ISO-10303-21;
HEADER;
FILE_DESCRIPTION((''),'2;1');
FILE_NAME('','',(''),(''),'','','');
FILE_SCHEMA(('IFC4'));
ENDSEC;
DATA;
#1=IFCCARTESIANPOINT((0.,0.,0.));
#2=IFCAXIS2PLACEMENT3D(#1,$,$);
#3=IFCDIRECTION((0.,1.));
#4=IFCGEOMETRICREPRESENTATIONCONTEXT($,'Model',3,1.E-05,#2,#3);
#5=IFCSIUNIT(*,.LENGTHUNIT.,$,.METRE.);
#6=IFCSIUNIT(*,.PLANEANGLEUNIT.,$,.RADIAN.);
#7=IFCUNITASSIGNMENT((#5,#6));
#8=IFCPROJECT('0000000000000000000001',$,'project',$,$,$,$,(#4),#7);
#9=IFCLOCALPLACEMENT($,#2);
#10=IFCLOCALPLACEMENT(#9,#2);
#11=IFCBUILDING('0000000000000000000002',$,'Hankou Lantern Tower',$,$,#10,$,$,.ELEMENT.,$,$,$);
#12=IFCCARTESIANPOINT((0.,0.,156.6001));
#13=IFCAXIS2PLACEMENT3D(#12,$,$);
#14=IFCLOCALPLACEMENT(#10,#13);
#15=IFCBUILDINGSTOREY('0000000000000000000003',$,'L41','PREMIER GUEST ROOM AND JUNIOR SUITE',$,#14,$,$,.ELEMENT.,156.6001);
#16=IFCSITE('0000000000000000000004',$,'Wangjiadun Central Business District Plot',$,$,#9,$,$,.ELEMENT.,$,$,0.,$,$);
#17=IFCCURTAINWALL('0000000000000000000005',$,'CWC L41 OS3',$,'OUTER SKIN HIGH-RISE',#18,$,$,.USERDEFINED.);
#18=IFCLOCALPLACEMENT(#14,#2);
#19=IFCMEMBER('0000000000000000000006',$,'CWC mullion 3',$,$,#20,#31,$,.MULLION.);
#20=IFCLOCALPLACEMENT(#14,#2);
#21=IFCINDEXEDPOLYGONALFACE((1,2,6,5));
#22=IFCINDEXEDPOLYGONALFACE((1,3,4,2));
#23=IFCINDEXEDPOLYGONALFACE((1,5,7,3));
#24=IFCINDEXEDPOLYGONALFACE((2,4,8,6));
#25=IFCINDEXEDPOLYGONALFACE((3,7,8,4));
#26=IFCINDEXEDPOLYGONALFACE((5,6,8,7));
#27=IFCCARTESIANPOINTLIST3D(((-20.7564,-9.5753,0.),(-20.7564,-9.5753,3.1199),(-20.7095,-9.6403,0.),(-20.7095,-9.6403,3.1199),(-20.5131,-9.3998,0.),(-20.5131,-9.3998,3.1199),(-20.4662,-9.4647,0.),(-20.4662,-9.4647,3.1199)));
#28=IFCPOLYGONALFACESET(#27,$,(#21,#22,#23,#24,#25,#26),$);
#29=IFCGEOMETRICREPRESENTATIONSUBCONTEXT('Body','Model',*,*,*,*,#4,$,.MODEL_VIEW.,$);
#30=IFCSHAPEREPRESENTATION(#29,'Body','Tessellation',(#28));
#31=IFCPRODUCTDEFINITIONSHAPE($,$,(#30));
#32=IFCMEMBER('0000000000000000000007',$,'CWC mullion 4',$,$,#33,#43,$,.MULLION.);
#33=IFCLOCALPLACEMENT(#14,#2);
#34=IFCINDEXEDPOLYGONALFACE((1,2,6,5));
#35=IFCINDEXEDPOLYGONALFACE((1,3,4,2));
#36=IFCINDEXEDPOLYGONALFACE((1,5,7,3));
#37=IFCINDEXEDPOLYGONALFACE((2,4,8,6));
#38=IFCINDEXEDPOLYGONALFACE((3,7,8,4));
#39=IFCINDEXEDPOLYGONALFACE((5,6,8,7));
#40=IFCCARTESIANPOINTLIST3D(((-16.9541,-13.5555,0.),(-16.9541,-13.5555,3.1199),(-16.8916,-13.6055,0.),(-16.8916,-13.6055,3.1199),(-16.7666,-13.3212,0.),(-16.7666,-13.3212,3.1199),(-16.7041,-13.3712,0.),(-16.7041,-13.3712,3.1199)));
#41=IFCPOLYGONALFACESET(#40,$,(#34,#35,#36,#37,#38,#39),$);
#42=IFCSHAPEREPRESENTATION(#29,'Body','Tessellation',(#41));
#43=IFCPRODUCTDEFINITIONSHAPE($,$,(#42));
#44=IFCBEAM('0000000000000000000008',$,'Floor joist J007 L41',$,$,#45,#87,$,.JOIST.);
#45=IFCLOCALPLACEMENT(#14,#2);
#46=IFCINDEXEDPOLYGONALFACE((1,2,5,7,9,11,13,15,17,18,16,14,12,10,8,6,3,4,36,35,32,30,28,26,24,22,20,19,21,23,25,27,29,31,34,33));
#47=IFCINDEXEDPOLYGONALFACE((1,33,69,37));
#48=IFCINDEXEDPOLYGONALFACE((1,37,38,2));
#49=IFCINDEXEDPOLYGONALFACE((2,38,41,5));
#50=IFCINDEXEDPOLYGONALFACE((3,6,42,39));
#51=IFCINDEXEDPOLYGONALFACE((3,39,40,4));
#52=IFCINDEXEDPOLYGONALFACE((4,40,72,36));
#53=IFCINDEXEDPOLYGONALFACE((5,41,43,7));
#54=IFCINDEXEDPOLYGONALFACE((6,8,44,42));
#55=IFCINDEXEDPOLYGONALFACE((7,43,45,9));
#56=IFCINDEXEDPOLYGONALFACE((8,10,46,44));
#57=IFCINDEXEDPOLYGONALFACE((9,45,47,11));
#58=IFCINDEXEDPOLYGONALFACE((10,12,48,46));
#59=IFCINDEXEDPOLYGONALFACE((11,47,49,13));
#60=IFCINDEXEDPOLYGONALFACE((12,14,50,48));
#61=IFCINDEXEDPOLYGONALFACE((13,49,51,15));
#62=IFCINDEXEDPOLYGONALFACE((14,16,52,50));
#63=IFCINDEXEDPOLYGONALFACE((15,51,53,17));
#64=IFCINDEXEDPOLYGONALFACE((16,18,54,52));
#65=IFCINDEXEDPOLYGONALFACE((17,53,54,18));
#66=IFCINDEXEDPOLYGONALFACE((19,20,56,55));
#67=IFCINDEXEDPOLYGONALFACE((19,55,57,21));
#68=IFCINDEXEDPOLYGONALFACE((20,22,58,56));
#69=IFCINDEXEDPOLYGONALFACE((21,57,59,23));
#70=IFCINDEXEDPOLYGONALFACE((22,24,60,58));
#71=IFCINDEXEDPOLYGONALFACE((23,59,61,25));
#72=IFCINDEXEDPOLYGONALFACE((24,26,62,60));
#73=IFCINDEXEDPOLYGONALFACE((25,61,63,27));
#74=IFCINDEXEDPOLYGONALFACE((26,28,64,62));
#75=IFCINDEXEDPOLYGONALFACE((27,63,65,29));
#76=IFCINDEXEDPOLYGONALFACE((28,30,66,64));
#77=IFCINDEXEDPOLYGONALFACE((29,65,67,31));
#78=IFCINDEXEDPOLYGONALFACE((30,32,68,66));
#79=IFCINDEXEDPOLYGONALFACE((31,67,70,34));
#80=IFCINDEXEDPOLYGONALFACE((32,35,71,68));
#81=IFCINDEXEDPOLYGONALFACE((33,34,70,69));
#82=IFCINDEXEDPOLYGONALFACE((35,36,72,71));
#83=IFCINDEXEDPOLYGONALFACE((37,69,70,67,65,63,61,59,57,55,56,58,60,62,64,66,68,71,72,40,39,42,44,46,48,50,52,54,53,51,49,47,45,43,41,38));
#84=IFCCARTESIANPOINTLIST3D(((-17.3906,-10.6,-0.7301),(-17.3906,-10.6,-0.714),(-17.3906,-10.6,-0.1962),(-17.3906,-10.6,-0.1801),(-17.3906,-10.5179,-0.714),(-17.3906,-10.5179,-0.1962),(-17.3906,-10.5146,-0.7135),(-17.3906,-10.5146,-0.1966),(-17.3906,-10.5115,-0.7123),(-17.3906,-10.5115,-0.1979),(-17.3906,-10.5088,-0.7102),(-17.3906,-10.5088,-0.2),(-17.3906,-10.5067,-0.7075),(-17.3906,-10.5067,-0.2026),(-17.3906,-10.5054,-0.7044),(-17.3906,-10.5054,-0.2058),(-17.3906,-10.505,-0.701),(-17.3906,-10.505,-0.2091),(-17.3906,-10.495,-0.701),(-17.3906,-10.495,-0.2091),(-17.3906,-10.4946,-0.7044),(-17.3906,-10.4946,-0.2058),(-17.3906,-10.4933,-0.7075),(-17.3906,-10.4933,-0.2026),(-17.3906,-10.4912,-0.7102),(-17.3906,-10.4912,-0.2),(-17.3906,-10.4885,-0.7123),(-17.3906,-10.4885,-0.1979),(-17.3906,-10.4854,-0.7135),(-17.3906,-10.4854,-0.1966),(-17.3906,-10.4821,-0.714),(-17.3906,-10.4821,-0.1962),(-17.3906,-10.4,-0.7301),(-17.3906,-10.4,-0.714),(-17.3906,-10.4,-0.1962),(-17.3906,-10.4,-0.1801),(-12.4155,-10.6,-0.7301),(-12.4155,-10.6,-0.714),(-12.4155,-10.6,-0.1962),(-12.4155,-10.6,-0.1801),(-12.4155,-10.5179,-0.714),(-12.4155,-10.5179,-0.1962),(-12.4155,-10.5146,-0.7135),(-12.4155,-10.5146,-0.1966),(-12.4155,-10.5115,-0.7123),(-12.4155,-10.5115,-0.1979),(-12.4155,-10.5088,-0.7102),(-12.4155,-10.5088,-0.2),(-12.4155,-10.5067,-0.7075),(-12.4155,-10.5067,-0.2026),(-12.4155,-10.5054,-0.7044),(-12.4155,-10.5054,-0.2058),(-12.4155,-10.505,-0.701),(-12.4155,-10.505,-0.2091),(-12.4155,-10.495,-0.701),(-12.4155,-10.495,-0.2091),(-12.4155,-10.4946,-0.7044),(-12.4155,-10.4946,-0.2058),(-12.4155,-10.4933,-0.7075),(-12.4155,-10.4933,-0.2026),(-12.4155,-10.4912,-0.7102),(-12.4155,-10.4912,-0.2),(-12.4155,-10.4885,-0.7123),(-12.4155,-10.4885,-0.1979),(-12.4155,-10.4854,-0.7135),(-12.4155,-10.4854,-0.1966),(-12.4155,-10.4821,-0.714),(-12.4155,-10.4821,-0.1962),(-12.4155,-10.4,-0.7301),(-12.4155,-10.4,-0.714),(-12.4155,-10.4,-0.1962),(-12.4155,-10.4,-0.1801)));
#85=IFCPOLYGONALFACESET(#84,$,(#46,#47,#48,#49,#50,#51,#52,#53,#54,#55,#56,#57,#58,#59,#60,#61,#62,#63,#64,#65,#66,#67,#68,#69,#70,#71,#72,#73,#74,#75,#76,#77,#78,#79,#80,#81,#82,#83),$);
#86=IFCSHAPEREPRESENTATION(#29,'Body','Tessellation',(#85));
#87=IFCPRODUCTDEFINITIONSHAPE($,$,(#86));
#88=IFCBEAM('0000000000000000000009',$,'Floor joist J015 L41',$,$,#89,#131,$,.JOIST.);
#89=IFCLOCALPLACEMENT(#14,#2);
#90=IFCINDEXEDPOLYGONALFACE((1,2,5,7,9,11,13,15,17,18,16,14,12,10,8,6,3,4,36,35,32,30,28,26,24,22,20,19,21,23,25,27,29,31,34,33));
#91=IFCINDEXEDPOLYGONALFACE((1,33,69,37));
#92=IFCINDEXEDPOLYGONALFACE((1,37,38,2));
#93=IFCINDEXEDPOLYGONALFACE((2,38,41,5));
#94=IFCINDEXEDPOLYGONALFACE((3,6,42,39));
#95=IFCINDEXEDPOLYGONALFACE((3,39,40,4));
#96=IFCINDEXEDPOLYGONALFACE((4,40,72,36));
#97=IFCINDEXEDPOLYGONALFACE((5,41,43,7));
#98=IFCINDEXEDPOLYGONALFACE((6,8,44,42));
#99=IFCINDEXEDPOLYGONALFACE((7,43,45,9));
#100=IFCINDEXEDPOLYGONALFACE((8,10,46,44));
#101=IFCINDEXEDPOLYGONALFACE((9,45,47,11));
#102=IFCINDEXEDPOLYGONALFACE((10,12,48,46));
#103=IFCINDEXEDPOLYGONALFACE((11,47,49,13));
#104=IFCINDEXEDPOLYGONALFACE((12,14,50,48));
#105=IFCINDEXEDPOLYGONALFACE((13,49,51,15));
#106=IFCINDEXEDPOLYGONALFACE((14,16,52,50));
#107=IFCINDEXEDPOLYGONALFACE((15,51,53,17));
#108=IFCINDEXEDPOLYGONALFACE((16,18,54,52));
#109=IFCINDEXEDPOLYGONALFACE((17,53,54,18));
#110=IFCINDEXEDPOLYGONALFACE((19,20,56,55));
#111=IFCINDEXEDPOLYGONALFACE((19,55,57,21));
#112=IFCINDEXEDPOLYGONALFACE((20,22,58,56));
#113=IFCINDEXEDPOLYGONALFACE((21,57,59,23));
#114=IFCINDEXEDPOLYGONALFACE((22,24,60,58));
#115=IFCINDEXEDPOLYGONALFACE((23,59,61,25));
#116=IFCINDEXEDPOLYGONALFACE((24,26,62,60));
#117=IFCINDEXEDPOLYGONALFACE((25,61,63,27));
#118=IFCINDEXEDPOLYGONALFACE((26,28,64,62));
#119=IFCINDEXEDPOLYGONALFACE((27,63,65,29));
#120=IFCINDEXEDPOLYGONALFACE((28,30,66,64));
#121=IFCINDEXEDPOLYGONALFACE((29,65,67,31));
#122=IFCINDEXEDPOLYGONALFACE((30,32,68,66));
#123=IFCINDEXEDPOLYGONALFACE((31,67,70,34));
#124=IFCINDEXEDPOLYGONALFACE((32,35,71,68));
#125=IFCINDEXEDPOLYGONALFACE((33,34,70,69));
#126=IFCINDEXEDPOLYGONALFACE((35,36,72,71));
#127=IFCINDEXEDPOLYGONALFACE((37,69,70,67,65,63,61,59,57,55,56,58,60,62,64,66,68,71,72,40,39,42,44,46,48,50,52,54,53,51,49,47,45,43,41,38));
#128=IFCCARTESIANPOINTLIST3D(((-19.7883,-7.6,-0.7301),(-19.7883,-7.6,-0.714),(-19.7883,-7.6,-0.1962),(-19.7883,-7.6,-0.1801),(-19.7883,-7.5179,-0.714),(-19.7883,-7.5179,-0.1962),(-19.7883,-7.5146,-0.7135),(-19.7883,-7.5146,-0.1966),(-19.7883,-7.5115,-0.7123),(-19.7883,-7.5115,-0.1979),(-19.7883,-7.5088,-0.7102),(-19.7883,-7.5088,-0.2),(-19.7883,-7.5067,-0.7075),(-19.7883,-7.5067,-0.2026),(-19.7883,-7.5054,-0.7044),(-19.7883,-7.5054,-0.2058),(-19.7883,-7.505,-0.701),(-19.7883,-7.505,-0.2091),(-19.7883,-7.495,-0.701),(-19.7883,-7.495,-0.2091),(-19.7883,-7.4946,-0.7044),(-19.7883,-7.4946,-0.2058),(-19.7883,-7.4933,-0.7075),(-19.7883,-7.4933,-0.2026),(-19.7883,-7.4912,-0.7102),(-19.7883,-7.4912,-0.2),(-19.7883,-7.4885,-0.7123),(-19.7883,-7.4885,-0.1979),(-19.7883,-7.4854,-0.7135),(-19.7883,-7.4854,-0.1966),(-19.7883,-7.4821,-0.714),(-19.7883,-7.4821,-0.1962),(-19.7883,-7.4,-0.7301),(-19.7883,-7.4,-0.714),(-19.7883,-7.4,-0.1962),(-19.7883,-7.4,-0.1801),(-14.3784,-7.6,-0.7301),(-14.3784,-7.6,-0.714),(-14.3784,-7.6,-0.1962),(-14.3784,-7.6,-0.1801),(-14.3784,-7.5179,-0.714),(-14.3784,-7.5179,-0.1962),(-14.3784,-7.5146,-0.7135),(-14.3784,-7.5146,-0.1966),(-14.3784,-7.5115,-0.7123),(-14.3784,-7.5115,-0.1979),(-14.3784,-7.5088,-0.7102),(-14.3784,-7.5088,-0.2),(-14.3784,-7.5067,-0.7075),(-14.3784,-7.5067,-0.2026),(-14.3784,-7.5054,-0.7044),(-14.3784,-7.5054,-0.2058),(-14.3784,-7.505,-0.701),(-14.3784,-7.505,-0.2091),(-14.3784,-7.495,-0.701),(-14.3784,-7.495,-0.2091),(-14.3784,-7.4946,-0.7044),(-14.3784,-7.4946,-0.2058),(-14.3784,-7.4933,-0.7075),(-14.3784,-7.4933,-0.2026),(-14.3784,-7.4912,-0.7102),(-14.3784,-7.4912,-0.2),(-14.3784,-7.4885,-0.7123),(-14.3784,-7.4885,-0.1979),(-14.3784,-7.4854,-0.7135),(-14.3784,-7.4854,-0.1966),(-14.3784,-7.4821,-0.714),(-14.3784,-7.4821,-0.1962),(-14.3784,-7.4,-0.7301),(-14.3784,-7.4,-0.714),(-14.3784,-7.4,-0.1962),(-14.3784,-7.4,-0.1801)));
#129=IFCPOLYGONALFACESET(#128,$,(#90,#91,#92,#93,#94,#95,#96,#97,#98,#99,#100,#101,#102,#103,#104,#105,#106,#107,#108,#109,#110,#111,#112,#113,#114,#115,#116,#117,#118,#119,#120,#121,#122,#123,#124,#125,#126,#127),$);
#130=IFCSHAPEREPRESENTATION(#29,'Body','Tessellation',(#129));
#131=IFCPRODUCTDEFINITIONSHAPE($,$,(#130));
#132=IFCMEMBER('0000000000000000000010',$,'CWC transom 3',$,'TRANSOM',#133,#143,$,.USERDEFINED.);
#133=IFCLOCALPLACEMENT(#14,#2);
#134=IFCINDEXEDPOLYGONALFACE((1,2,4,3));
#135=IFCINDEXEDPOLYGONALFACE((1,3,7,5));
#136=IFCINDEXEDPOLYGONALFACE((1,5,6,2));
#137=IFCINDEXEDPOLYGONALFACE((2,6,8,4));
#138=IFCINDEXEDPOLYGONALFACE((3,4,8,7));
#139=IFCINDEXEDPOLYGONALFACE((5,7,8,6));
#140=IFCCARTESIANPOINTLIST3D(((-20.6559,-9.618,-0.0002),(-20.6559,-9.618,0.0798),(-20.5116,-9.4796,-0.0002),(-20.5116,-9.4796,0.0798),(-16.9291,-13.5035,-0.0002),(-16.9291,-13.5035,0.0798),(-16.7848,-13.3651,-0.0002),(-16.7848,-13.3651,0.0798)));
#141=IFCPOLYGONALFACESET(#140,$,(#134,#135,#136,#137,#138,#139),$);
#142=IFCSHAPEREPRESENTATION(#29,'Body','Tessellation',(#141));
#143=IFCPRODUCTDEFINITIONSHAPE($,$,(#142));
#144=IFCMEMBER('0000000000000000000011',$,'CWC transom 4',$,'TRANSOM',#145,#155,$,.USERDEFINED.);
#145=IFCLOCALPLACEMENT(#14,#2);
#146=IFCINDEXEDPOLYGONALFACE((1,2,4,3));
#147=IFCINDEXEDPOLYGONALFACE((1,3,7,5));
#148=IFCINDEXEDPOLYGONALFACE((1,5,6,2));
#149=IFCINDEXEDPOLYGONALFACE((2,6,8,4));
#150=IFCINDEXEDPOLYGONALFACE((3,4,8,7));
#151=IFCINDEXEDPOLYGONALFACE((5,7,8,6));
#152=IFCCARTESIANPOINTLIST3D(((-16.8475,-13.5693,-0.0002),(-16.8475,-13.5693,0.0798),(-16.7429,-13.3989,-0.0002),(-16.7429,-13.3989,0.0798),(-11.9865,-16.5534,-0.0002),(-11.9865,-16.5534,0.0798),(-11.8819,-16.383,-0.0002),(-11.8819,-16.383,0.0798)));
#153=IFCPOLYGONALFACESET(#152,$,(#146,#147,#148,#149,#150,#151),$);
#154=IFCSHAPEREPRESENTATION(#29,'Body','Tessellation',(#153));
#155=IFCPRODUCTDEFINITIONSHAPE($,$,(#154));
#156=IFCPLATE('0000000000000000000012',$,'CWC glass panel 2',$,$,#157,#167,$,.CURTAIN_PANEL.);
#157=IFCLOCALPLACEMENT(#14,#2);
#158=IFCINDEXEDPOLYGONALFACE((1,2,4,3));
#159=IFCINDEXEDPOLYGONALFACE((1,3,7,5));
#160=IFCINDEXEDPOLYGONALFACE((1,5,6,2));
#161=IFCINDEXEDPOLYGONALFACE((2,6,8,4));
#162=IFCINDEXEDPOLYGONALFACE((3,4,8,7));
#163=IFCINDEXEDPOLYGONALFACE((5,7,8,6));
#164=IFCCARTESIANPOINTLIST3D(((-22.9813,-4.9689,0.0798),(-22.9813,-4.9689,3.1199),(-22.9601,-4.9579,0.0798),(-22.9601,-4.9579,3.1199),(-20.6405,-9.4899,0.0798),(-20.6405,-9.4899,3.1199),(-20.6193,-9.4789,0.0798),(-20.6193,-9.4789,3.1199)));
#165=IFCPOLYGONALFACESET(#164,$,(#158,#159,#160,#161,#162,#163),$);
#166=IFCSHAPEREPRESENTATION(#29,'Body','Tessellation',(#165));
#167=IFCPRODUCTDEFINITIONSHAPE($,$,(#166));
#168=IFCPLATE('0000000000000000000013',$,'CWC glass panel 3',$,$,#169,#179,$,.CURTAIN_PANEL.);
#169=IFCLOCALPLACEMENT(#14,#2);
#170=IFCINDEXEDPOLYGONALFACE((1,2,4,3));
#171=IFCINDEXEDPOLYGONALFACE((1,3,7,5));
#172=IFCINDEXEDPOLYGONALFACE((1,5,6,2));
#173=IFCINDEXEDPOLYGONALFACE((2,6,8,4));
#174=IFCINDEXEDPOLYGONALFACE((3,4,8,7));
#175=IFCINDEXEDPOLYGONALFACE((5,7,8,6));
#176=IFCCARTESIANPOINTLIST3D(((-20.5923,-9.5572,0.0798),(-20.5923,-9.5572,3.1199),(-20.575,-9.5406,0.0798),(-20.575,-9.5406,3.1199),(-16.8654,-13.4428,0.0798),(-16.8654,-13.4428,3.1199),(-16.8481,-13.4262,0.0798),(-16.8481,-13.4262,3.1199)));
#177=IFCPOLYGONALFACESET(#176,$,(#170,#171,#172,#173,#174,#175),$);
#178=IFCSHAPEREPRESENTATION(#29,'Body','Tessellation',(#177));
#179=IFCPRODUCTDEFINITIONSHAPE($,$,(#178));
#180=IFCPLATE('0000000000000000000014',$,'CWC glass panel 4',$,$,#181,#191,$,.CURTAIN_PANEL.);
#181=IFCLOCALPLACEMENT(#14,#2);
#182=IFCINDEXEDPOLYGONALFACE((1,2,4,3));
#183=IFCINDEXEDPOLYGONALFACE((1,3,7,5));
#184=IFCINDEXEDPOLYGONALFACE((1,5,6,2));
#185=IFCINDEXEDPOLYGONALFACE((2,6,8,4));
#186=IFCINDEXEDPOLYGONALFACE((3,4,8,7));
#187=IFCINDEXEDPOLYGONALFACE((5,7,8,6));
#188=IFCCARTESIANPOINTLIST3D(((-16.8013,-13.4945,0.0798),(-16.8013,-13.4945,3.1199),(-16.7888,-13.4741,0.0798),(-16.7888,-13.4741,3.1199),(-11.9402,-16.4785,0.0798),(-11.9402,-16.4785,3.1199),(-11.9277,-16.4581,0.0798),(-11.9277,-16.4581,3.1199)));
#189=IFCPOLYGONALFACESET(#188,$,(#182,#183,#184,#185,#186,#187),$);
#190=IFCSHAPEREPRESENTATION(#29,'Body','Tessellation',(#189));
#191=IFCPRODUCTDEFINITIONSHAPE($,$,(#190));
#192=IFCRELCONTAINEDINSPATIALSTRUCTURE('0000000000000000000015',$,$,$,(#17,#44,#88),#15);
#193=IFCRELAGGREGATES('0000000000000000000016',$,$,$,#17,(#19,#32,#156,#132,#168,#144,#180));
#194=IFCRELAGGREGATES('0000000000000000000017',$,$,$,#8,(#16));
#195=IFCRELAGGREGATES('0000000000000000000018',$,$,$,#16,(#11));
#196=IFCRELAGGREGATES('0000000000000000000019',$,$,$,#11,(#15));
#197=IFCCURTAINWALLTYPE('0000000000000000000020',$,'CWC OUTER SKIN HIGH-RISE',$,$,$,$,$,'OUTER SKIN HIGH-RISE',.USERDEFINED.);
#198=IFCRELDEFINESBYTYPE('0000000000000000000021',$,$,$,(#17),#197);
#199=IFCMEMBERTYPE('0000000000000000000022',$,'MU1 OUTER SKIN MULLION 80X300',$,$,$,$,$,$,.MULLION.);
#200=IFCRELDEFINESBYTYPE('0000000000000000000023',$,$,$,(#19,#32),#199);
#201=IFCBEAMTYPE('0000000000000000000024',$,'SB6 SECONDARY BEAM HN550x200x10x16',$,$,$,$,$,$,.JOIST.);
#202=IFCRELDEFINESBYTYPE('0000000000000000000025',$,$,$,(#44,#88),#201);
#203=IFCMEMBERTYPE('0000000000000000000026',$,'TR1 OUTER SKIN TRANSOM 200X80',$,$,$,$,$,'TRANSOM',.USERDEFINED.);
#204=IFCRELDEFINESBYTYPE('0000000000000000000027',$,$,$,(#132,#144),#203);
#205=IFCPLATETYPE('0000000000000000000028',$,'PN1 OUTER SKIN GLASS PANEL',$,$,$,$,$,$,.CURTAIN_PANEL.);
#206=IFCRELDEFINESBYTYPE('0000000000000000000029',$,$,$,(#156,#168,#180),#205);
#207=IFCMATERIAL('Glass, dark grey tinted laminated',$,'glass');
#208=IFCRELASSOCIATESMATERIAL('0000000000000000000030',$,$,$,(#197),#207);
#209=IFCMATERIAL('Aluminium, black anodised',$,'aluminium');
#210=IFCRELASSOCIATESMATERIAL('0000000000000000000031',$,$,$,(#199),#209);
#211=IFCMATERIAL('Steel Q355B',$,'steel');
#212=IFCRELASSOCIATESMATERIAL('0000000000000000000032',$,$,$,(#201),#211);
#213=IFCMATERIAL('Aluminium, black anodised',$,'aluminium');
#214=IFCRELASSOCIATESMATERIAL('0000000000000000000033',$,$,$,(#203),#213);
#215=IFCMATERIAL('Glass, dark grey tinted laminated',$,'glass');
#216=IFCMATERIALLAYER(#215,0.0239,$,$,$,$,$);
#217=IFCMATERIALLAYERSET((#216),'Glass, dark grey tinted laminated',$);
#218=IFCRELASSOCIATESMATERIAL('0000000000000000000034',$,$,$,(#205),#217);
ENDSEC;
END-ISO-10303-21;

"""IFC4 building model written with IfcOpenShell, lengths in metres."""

from ifc_helpers import new_model, si_unit, direction, frame, origin, origin_2d, place, context, subcontext, project, spatial, rectangle, i_section, extrude, material, layer, layer_set, material_profile, profile_set, type_object, element, aggregate, save


model = new_model("IFC4")

# Units and contexts
model_context = context("Model", 3, precision=1e-05, world=origin(), true_north=direction((0.0, 1.0)))
body_context = subcontext(model_context, "Body", "Model", "MODEL_VIEW")
ifc_project = project(units=[si_unit("LENGTHUNIT", "METRE"), si_unit("PLANEANGLEUNIT", "RADIAN")], contexts=[model_context])

# Site, building, storey
site_placement = place(None, origin())
site = spatial("IfcSite", under=ifc_project, at=site_placement, Name="Wangjiadun Central Business District Plot", CompositionType="ELEMENT", RefElevation=0.0)
building_placement = place(site_placement, origin())
building = spatial("IfcBuilding", under=site, at=building_placement, Name="Hankou Lantern Tower", CompositionType="ELEMENT")
storey_placement = place(building_placement, frame((0.0, 0.0, 156.6001)))
storey = spatial("IfcBuildingStorey", under=building, at=storey_placement, Name="L41", Description="PREMIER GUEST ROOM AND JUNIOR SUITE", CompositionType="ELEMENT", Elevation=156.6001)

# Curtain wall, members
ifc_material_1 = material(Name="Glass, dark grey tinted laminated", Category="glass")
curtain_wall_type = type_object("IfcCurtainWallType", Name="CWC OUTER SKIN HIGH-RISE", ElementType="OUTER SKIN HIGH-RISE", PredefinedType="USERDEFINED", material=ifc_material_1)
curtain_wall_placement = place(storey_placement, origin())
curtain_wall = element("IfcCurtainWall", 1, at=curtain_wall_placement, inside=storey, type_object=curtain_wall_type, Name="CWC L41 OS3", ObjectType="OUTER SKIN HIGH-RISE", PredefinedType="USERDEFINED")
ifc_material_2 = material(Name="Aluminium, black anodised", Category="aluminium")
ifc_material_profile_1 = material_profile(ifc_material_2, rectangle(XDim=0.0801, YDim=0.3, at=origin_2d()), Name="MU1 80X300")
ifc_profile_set_1 = profile_set([ifc_material_profile_1], Name="Aluminium, black anodised")
member_type_1 = type_object("IfcMemberType", Name="MU1 OUTER SKIN MULLION 80X300", PredefinedType="MULLION", material=ifc_profile_set_1)
member_1_placement = place(storey_placement, frame((-20.6113, -9.52, 0.0), z_axis=(0.0, 0.0, 1.0), x_axis=(0.585206, -0.810885, 0.0)))
member_1 = element("IfcMember", 2, at=member_1_placement, type_object=member_type_1, Name="CWC mullion 3", PredefinedType="MULLION", context=body_context, shape_type="SweptSolid", body=[
    extrude(rectangle(XDim=0.0801, YDim=0.3, at=origin_2d()), origin(), (0.0, 0.0, 1.0), 3.1199),
])
member_2_placement = place(storey_placement, frame((-16.8291, -13.4634, 0.0), z_axis=(0.0, 0.0, 1.0), x_axis=(0.780869, -0.624695, 0.0)))
member_2 = element("IfcMember", 3, at=member_2_placement, type_object=member_type_1, Name="CWC mullion 4", PredefinedType="MULLION", context=body_context, shape_type="SweptSolid", body=[
    extrude(rectangle(XDim=0.0801, YDim=0.3, at=origin_2d()), origin(), (0.0, 0.0, 1.0), 3.1199),
])

# Beams
ifc_material_3 = material(Name="Steel Q355B", Category="steel")
ifc_material_profile_2 = material_profile(ifc_material_3, i_section(OverallWidth=0.2, OverallDepth=0.55, WebThickness=0.01, FlangeThickness=0.0161, FilletRadius=0.0129, at=origin_2d()), Name="HN550x200x10x16")
ifc_profile_set_2 = profile_set([ifc_material_profile_2], Name="Steel Q355B")
beam_type_1 = type_object("IfcBeamType", Name="SB6 SECONDARY BEAM HN550x200x10x16", PredefinedType="JOIST", material=ifc_profile_set_2)
beam_1_placement = place(storey_placement, frame((-17.3906, -10.5, -0.4551), z_axis=(1.0, 0.0, 0.0), x_axis=(0.0, 1.0, 0.0)))
element("IfcBeam", 4, at=beam_1_placement, inside=storey, type_object=beam_type_1, Name="Floor joist J007 L41", PredefinedType="JOIST", context=body_context, shape_type="SweptSolid", body=[
    extrude(i_section(OverallWidth=0.2, OverallDepth=0.55, WebThickness=0.01, FlangeThickness=0.0161, FilletRadius=0.0129, at=origin_2d()), origin(), (0.0, 0.0, 1.0), 4.9751),
])
beam_2_placement = place(storey_placement, frame((-19.7883, -7.5, -0.4551), z_axis=(1.0, 0.0, 0.0), x_axis=(0.0, 1.0, 0.0)))
element("IfcBeam", 5, at=beam_2_placement, inside=storey, type_object=beam_type_1, Name="Floor joist J015 L41", PredefinedType="JOIST", context=body_context, shape_type="SweptSolid", body=[
    extrude(i_section(OverallWidth=0.2, OverallDepth=0.55, WebThickness=0.01, FlangeThickness=0.0161, FilletRadius=0.0129, at=origin_2d()), origin(), (0.0, 0.0, 1.0), 5.4099),
])

# Members
ifc_material_4 = material(Name="Aluminium, black anodised", Category="aluminium")
ifc_material_profile_3 = material_profile(ifc_material_4, rectangle(XDim=0.2, YDim=0.0801, at=origin_2d()), Name="TR1 200X80")
ifc_profile_set_3 = profile_set([ifc_material_profile_3], Name="Aluminium, black anodised")
member_type_2 = type_object("IfcMemberType", Name="TR1 OUTER SKIN TRANSOM 200X80", ElementType="TRANSOM", PredefinedType="USERDEFINED", material=ifc_profile_set_3)
member_3_placement = place(storey_placement, frame((-20.5837, -9.5488, 0.0398), z_axis=(0.692216, -0.721691, 0.0), x_axis=(0.721691, 0.692216, 0.0)))
member_3 = element("IfcMember", 6, at=member_3_placement, type_object=member_type_2, Name="CWC transom 3", ObjectType="TRANSOM", PredefinedType="USERDEFINED", context=body_context, shape_type="SweptSolid", body=[
    extrude(rectangle(XDim=0.2, YDim=0.0801, at=origin_2d()), origin(), (0.0, 0.0, 1.0), 5.3838),
])
member_4_placement = place(storey_placement, frame((-16.7952, -13.4841, 0.0398), z_axis=(0.852229, -0.523168, 0.0), x_axis=(0.523168, 0.852229, 0.0)))
member_4 = element("IfcMember", 7, at=member_4_placement, type_object=member_type_2, Name="CWC transom 4", ObjectType="TRANSOM", PredefinedType="USERDEFINED", context=body_context, shape_type="SweptSolid", body=[
    extrude(rectangle(XDim=0.2, YDim=0.0801, at=origin_2d()), origin(), (0.0, 0.0, 1.0), 5.7039),
])

# Plates
ifc_material_5 = material(Name="Glass, dark grey tinted laminated", Category="glass")
ifc_layer_1 = layer(ifc_material_5, 0.0239)
ifc_layer_set_1 = layer_set([ifc_layer_1], Name="Glass, dark grey tinted laminated")
plate_type = type_object("IfcPlateType", Name="PN1 OUTER SKIN GLASS PANEL", PredefinedType="CURTAIN_PANEL", material=ifc_layer_set_1)
plate_1_placement = place(storey_placement, frame((-21.8003, -7.2239, 0.0798), z_axis=(0.0, 0.0, 1.0), x_axis=(0.459791, -0.888027, 0.0)))
plate_1 = element("IfcPlate", 8, at=plate_1_placement, type_object=plate_type, Name="CWC glass panel 2", PredefinedType="CURTAIN_PANEL", context=body_context, shape_type="SweptSolid", body=[
    extrude(rectangle(XDim=5.0911, YDim=0.0239, at=origin_2d()), origin(), (0.0, 0.0, 1.0), 3.04),
])
plate_2_placement = place(storey_placement, frame((-18.7202, -11.4917, 0.0798), z_axis=(0.0, 0.0, 1.0), x_axis=(0.692216, -0.721691, 0.0)))
plate_2 = element("IfcPlate", 9, at=plate_2_placement, type_object=plate_type, Name="CWC glass panel 3", PredefinedType="CURTAIN_PANEL", context=body_context, shape_type="SweptSolid", body=[
    extrude(rectangle(XDim=5.384, YDim=0.0239, at=origin_2d()), origin(), (0.0, 0.0, 1.0), 3.04),
])
plate_3_placement = place(storey_placement, frame((-14.3645, -14.9763, 0.0798), z_axis=(0.0, 0.0, 1.0), x_axis=(0.852237, -0.523156, 0.0)))
plate_3 = element("IfcPlate", 10, at=plate_3_placement, type_object=plate_type, Name="CWC glass panel 4", PredefinedType="CURTAIN_PANEL", context=body_context, shape_type="SweptSolid", body=[
    extrude(rectangle(XDim=5.7039, YDim=0.0239, at=origin_2d()), origin(), (0.0, 0.0, 1.0), 3.04),
])
aggregate(curtain_wall, [member_1, member_2, plate_1, member_3, plate_2, member_4, plate_3])

save(model, "model.ifc")
